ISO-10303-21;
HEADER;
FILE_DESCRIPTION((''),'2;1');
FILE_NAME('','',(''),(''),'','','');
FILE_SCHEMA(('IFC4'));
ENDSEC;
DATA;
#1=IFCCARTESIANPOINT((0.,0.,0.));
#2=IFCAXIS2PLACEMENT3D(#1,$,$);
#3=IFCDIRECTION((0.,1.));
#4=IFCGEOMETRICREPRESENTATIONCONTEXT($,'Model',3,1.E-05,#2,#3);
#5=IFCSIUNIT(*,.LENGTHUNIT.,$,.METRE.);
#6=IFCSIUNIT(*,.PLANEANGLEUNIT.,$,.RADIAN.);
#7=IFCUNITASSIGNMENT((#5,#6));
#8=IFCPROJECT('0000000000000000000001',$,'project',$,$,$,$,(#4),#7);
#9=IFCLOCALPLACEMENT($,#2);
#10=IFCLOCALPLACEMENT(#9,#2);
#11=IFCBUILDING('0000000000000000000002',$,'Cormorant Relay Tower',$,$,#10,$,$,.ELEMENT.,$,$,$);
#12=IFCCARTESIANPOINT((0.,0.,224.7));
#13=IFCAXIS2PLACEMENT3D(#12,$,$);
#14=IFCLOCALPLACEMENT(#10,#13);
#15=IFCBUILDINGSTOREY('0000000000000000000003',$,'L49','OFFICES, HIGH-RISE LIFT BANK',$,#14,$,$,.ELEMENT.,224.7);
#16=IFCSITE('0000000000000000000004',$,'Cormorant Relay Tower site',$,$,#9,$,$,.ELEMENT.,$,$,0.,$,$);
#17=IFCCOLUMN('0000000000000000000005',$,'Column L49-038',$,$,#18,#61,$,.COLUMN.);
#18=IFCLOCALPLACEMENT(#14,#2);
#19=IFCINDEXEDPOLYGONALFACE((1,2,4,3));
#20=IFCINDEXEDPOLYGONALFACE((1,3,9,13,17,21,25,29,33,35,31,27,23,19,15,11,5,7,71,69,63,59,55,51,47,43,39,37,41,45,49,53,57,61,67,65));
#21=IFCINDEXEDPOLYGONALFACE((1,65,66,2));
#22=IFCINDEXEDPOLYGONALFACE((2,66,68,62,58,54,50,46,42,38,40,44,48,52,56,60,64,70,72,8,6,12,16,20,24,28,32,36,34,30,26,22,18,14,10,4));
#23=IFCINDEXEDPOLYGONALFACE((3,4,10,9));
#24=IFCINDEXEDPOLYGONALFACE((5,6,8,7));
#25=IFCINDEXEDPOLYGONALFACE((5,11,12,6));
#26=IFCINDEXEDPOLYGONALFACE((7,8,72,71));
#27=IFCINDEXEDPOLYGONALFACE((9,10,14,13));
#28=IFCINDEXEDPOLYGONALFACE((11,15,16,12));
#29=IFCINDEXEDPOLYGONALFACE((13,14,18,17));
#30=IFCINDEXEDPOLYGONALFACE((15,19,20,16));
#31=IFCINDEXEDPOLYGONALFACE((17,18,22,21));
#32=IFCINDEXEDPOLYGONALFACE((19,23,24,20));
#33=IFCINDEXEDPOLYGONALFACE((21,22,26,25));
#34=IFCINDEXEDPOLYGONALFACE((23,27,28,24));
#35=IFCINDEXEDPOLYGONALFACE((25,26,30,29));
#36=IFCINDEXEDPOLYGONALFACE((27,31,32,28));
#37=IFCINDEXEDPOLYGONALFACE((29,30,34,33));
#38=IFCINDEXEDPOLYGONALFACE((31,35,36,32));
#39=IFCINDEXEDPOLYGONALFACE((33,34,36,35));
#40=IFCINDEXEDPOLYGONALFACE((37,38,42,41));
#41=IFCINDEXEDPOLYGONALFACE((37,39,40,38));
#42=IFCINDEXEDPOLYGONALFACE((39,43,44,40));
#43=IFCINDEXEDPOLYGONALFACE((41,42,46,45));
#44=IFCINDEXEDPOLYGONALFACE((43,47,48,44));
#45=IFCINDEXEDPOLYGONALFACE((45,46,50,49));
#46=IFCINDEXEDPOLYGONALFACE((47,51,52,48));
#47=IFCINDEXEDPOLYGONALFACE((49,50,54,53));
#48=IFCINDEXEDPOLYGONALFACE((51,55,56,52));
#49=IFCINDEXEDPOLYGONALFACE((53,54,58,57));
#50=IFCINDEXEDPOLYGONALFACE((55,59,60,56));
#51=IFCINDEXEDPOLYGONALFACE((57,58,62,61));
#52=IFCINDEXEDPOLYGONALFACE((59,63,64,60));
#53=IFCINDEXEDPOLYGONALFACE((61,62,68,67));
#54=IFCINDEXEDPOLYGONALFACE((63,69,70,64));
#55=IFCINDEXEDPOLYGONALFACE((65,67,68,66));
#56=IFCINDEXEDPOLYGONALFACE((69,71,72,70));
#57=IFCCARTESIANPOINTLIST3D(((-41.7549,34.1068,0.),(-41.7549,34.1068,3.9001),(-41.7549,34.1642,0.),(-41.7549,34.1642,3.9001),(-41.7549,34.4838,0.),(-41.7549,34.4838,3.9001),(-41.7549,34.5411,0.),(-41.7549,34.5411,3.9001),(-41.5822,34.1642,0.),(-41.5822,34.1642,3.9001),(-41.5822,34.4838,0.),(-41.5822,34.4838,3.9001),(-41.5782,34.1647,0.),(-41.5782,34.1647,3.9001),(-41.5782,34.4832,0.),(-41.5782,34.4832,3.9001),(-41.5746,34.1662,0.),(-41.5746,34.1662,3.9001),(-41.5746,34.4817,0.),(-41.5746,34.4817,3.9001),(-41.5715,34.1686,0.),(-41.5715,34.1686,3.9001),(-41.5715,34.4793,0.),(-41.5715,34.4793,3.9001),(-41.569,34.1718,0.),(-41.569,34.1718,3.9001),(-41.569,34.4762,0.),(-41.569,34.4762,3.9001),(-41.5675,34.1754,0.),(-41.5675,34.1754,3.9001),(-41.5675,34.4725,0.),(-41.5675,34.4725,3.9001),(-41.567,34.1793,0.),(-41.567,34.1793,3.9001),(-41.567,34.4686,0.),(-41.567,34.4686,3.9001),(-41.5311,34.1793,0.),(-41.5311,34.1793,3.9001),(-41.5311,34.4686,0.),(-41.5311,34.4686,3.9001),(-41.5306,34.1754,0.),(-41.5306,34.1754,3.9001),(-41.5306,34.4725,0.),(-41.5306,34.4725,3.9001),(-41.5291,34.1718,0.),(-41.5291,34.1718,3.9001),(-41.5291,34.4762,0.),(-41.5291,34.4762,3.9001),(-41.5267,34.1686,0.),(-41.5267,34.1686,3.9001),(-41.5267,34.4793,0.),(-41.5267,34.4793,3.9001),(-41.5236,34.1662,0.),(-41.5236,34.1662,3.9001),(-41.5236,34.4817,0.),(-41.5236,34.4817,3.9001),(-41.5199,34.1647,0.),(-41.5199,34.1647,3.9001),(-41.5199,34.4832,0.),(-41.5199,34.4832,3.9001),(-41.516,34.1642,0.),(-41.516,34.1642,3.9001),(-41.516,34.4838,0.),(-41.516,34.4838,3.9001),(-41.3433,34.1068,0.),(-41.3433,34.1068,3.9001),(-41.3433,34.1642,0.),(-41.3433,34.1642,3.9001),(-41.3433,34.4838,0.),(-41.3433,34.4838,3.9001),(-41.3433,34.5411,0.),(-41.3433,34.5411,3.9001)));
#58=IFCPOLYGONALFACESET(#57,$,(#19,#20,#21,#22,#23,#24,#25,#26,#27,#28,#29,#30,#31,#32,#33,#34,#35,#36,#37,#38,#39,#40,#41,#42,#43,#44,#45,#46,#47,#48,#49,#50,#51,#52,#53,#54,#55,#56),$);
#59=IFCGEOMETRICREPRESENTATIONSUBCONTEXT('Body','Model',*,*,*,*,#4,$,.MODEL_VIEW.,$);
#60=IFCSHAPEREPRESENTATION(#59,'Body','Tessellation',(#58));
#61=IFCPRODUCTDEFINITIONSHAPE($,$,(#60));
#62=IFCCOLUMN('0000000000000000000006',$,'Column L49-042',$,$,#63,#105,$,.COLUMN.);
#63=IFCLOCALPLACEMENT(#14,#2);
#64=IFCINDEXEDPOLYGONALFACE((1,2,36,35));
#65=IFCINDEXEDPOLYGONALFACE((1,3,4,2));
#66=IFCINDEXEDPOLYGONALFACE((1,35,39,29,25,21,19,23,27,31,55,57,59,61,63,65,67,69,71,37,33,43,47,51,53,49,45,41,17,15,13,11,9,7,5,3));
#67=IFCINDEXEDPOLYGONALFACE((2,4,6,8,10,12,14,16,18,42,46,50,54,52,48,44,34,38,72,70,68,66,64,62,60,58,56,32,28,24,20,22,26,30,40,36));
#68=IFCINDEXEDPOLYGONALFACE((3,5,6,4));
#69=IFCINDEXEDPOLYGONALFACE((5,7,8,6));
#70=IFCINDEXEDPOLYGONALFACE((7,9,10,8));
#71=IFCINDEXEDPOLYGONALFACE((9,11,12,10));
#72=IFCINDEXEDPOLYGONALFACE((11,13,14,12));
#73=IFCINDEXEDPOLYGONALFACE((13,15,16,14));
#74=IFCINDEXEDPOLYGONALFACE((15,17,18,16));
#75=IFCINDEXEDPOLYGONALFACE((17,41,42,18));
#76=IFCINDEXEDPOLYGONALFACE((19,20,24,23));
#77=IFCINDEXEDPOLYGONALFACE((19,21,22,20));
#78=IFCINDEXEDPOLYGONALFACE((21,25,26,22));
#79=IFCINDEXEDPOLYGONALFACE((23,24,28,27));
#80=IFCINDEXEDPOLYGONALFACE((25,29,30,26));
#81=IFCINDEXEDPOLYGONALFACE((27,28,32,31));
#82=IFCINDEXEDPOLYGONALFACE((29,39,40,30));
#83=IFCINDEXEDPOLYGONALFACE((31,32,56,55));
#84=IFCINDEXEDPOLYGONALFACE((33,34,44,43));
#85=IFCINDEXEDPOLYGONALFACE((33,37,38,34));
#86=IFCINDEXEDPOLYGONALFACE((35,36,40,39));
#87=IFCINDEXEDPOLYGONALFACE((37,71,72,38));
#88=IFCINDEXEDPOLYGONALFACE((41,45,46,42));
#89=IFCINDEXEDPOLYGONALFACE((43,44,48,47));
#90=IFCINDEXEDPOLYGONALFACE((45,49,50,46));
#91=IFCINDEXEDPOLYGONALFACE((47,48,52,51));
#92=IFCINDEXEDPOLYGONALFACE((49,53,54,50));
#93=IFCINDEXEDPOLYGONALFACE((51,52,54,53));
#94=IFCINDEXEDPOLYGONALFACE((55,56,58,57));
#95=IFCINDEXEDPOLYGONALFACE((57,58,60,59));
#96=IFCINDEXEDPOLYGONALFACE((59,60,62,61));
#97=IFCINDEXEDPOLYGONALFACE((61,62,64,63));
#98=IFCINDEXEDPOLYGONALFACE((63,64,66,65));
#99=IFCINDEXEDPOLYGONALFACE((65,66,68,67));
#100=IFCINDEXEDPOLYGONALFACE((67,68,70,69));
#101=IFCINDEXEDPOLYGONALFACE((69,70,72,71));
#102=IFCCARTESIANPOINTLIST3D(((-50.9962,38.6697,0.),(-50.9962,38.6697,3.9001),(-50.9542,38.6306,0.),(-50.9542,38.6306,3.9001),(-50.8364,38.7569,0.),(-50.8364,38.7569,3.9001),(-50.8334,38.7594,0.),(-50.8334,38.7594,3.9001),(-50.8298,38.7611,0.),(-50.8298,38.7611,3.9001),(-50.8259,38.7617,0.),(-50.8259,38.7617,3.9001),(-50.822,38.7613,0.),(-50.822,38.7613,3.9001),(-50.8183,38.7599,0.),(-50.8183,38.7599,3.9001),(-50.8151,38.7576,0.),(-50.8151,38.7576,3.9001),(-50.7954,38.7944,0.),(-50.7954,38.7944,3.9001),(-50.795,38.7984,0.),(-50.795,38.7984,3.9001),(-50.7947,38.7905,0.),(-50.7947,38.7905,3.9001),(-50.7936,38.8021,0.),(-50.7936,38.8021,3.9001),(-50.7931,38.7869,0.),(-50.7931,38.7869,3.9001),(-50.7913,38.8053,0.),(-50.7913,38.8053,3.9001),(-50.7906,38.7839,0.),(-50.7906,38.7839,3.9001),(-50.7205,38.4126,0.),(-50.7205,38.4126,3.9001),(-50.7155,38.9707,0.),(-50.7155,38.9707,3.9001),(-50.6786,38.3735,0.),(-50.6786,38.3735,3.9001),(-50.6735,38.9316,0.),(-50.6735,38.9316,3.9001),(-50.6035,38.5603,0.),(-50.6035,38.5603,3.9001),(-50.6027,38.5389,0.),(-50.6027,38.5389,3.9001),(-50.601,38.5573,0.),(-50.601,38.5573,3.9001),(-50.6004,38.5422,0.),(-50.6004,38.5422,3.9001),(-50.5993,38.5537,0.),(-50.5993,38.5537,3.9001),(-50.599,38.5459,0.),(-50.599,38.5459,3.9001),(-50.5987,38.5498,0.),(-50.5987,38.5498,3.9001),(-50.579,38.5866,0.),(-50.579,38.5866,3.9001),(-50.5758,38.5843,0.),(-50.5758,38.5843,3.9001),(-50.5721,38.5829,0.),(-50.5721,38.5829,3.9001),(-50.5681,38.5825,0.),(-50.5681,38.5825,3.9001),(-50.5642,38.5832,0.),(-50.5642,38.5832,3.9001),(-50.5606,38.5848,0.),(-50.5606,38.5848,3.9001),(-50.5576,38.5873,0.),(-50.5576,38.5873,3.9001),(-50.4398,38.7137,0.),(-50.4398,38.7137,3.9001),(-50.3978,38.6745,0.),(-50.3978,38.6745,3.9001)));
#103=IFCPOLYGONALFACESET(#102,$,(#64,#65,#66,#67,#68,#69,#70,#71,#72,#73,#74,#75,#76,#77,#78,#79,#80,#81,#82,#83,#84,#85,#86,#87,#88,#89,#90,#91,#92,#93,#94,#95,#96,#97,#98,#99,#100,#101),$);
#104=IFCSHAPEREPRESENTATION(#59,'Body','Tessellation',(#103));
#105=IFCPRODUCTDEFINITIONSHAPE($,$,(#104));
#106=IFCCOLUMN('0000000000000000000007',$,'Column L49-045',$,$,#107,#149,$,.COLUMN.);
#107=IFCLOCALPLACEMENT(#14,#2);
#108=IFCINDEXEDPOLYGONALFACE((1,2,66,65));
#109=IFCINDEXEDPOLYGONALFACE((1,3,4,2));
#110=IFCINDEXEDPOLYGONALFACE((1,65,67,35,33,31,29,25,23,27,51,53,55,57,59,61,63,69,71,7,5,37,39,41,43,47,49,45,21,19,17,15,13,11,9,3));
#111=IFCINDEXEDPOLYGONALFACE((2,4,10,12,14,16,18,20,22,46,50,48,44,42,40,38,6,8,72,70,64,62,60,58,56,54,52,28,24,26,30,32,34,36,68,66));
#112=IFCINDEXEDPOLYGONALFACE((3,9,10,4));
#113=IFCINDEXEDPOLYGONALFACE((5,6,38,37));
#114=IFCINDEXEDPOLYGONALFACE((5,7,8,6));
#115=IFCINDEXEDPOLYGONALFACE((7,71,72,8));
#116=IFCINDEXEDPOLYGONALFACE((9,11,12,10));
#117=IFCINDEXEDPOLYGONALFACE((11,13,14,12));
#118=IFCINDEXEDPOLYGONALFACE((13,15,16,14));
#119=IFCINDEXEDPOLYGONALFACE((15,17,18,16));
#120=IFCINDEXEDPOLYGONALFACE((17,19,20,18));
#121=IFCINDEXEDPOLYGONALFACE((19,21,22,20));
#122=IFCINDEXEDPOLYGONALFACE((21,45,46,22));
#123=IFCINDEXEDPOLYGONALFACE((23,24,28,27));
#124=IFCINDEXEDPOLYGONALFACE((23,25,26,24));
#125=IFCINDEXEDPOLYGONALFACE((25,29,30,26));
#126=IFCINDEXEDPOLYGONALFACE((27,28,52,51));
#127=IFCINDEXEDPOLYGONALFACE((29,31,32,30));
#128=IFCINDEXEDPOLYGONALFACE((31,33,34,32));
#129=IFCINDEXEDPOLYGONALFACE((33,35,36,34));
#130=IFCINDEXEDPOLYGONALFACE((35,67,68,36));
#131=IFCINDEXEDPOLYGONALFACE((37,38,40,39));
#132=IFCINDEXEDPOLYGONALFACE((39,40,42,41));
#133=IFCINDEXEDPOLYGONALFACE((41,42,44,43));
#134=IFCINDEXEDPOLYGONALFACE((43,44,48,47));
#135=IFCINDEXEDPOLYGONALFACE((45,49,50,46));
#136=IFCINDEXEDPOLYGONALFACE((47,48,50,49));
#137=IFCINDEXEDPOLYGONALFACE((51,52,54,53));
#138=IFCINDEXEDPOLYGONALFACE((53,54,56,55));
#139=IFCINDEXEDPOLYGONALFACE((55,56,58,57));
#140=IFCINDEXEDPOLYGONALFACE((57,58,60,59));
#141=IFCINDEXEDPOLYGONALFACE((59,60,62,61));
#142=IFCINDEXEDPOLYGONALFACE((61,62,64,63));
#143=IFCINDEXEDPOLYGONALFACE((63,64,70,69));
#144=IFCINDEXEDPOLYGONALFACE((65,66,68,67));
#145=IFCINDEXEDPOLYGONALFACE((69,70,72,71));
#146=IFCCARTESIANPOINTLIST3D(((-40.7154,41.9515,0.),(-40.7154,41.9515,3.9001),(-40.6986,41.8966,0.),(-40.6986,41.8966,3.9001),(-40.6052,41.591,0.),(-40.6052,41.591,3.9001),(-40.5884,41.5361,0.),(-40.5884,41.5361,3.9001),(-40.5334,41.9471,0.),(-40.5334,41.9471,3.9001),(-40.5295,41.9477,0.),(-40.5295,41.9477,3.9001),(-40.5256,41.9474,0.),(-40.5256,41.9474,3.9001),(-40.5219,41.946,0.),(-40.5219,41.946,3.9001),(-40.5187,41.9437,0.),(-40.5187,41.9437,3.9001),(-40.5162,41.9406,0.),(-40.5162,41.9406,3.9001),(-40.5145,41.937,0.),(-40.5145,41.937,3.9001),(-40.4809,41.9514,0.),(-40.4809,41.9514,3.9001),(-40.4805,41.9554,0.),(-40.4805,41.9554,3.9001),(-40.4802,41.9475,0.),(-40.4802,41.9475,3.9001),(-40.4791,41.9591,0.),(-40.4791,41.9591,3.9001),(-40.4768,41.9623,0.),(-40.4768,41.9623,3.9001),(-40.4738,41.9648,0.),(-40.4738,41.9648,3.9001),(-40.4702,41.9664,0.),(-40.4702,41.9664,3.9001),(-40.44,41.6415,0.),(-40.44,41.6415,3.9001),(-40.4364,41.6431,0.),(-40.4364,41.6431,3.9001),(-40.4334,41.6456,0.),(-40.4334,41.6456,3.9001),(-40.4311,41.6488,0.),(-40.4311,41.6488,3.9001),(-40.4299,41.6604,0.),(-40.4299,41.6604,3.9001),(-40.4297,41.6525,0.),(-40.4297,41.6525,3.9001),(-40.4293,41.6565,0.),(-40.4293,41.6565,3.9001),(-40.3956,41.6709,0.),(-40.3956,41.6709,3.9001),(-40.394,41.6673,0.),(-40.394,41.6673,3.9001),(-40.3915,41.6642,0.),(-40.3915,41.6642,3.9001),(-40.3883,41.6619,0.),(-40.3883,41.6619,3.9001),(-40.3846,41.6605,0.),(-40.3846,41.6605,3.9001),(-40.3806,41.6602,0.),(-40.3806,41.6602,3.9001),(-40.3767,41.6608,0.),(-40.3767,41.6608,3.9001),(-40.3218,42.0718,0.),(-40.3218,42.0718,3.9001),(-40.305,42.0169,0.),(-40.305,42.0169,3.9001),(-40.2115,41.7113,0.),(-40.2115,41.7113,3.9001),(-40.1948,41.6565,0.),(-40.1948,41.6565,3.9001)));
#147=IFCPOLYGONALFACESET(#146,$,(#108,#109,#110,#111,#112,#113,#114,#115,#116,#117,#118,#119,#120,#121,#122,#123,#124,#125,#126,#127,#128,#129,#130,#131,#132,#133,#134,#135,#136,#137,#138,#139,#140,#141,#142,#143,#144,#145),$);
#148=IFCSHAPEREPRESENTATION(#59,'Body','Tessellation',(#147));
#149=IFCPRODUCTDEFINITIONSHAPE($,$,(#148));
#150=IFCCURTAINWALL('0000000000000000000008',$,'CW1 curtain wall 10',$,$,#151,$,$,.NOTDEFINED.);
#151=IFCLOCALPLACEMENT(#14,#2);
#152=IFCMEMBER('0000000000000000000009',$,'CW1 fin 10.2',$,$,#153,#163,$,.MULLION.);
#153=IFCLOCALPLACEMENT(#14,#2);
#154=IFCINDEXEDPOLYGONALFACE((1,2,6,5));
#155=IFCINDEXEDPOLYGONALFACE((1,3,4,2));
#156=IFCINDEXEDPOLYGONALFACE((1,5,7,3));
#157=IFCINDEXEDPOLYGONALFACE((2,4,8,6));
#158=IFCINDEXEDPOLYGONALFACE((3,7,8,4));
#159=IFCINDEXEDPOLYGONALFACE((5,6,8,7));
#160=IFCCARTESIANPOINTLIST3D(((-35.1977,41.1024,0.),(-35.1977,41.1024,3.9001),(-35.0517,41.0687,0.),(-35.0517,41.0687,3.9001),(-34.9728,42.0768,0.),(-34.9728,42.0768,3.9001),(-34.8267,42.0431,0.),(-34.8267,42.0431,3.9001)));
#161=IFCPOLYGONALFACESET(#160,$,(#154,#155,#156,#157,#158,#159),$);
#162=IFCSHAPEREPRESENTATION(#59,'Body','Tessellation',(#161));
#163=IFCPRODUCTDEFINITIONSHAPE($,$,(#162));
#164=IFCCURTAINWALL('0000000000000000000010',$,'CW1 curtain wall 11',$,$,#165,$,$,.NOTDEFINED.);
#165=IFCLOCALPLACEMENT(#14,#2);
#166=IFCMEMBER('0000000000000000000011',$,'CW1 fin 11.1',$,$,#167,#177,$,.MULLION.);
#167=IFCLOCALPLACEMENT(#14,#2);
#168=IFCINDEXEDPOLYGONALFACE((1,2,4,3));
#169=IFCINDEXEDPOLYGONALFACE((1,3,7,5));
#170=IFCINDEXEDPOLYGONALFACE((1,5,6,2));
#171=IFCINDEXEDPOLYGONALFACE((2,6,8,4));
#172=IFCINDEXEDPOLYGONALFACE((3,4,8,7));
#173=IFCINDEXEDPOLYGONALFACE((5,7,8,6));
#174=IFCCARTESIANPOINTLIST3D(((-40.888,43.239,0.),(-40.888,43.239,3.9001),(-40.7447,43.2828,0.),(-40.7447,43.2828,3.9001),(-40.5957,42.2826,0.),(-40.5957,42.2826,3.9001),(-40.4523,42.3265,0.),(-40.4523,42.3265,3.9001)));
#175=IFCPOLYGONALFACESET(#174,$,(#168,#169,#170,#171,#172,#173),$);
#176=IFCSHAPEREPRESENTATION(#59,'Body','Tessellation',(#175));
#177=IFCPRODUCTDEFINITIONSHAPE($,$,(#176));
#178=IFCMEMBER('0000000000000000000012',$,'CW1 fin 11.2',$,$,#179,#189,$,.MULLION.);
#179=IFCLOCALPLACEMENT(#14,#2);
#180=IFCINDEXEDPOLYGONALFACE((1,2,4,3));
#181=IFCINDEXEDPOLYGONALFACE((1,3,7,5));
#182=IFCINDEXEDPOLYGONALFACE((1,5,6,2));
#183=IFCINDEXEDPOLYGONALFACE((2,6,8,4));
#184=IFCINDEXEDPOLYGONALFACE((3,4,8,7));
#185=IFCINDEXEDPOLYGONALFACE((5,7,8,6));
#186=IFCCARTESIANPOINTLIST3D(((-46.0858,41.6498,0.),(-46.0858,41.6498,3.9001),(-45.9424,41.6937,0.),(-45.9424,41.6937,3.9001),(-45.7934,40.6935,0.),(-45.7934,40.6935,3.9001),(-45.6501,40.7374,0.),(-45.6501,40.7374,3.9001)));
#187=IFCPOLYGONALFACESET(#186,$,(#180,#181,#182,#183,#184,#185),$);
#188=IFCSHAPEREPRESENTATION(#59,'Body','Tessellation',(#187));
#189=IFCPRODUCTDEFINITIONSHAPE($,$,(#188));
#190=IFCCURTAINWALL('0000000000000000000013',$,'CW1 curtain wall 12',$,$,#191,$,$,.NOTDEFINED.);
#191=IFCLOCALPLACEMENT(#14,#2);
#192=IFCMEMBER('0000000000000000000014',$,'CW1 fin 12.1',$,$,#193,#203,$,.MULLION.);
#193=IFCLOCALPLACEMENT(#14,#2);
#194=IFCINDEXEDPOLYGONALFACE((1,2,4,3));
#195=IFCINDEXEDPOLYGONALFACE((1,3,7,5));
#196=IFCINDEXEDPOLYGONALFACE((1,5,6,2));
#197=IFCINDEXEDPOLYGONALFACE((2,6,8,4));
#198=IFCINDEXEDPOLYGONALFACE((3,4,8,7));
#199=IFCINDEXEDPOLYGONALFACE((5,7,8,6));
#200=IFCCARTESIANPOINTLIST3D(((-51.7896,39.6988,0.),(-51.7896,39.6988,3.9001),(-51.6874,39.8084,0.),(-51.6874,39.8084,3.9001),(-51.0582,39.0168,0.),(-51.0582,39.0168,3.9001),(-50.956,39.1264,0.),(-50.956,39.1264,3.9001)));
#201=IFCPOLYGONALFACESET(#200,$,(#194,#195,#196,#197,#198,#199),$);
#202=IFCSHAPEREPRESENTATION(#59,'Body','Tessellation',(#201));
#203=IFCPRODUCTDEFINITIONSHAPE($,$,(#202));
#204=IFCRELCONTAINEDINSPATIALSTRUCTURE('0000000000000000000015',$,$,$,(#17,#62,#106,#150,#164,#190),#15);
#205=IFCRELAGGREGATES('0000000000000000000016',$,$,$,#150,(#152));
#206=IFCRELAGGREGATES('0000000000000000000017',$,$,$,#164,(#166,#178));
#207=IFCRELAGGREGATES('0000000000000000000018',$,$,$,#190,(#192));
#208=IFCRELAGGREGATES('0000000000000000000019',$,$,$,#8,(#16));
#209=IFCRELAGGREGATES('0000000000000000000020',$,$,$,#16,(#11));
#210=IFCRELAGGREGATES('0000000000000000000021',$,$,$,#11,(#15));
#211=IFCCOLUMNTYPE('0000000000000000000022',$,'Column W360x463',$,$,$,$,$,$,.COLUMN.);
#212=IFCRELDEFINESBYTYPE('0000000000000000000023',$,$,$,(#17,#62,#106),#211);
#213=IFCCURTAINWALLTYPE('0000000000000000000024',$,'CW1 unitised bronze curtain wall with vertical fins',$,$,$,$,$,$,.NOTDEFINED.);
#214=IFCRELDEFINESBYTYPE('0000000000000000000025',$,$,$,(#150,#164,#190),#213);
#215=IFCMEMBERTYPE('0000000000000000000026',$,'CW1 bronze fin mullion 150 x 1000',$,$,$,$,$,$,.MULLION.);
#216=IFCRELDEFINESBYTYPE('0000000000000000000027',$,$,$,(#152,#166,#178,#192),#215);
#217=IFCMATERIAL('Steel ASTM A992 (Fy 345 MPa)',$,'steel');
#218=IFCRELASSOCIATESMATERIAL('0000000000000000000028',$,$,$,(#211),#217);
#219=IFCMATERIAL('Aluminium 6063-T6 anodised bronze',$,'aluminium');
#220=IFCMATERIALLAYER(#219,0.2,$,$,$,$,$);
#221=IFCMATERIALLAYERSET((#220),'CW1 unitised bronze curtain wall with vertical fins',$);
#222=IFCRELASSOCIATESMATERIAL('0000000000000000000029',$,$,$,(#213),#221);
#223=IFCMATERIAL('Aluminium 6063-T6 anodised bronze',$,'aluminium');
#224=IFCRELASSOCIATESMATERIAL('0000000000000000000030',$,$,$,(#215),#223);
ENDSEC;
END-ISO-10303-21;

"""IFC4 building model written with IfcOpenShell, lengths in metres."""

from ifc_helpers import new_model, si_unit, direction, frame, origin, origin_2d, place, context, subcontext, project, spatial, rectangle, i_section, extrude, material, layer, layer_set, material_profile, profile_set, type_object, element, aggregate, save


model = new_model("IFC4")

# Units and contexts
model_context = context("Model", 3, precision=1e-05, world=origin(), true_north=direction((0.0, 1.0)))
body_context = subcontext(model_context, "Body", "Model", "MODEL_VIEW")
ifc_project = project(units=[si_unit("LENGTHUNIT", "METRE"), si_unit("PLANEANGLEUNIT", "RADIAN")], contexts=[model_context])

# Site, building, storey
site_placement = place(None, origin())
site = spatial("IfcSite", under=ifc_project, at=site_placement, Name="Cormorant Relay Tower site", CompositionType="ELEMENT", RefElevation=0.0)
building_placement = place(site_placement, origin())
building = spatial("IfcBuilding", under=site, at=building_placement, Name="Cormorant Relay Tower", CompositionType="ELEMENT")
storey_placement = place(building_placement, frame((0.0, 0.0, 224.7)))
storey = spatial("IfcBuildingStorey", under=building, at=storey_placement, Name="L49", Description="OFFICES, HIGH-RISE LIFT BANK", CompositionType="ELEMENT", Elevation=224.7)

# Columns
ifc_material_1 = material(Name="Steel ASTM A992 (Fy 345 MPa)", Category="steel")
ifc_material_profile_1 = material_profile(ifc_material_1, i_section(OverallWidth=0.4116, OverallDepth=0.4343, WebThickness=0.0359, FlangeThickness=0.0574, FilletRadius=0.0151, at=origin_2d()), Name="W360x463")
ifc_profile_set_1 = profile_set([ifc_material_profile_1], Name="Steel ASTM A992 (Fy 345 MPa)")
column_type = type_object("IfcColumnType", Name="Column W360x463", PredefinedType="COLUMN", material=ifc_profile_set_1)
for number, where, z_axis, x_axis, name in (
    (1, (-41.5491, 34.324, 0.0), (0.0, 0.0, 1.0), (1.0, 0.0, 0.0), "Column L49-038"),
    (2, (-50.697, 38.6721, 0.0), (0.0, 0.0, 1.0), (-0.681998, -0.731354, 0.0), "Column L49-042"),
    (3, (-40.4551, 41.804, 0.0), (0.0, 0.0, 1.0), (-0.956305, -0.292372, 0.0), "Column L49-045"),
):
    element("IfcColumn", number, at=place(storey_placement, frame(where, z_axis=z_axis, x_axis=x_axis)), inside=storey, type_object=column_type, Name=name, PredefinedType="COLUMN", context=body_context, shape_type="SweptSolid", body=[
        extrude(i_section(OverallWidth=0.4116, OverallDepth=0.4343, WebThickness=0.0359, FlangeThickness=0.0574, FilletRadius=0.0151, at=origin_2d()), origin(), (0.0, 0.0, 1.0), 3.9001),
    ])

# Curtain wall, member
ifc_material_2 = material(Name="Aluminium 6063-T6 anodised bronze", Category="aluminium")
ifc_layer_1 = layer(ifc_material_2, 0.2)
ifc_layer_set_1 = layer_set([ifc_layer_1], Name="CW1 unitised bronze curtain wall with vertical fins")
curtain_wall_type = type_object("IfcCurtainWallType", Name="CW1 unitised bronze curtain wall with vertical fins", PredefinedType="NOTDEFINED", material=ifc_layer_set_1)
curtain_wall_1_placement = place(storey_placement, origin())
curtain_wall_1 = element("IfcCurtainWall", 4, at=curtain_wall_1_placement, inside=storey, type_object=curtain_wall_type, Name="CW1 curtain wall 10", PredefinedType="NOTDEFINED")
ifc_material_3 = material(Name="Aluminium 6063-T6 anodised bronze", Category="aluminium")
ifc_material_profile_2 = material_profile(ifc_material_3, rectangle(XDim=0.1499, YDim=1.0, at=origin_2d()), Name="AL 150x1000")
ifc_profile_set_2 = profile_set([ifc_material_profile_2], Name="Aluminium 6063-T6 anodised bronze")
member_type_1 = type_object("IfcMemberType", Name="CW1 bronze fin mullion 150 x 1000", PredefinedType="MULLION", material=ifc_profile_set_2)
member_1_placement = place(storey_placement, frame((-35.0122, 41.5728, 0.0), z_axis=(0.0, 0.0, 1.0), x_axis=(-0.97437, 0.224951, 0.0)))
member_1 = element("IfcMember", 5, at=member_1_placement, type_object=member_type_1, Name="CW1 fin 10.2", PredefinedType="MULLION", context=body_context, shape_type="SweptSolid", body=[
    extrude(rectangle(XDim=0.1499, YDim=1.0, at=origin_2d()), origin(), (0.0, 0.0, 1.0), 3.9001),
])

# Curtain walls, members
curtain_wall_2_placement = place(storey_placement, origin())
curtain_wall_2 = element("IfcCurtainWall", 6, at=curtain_wall_2_placement, inside=storey, type_object=curtain_wall_type, Name="CW1 curtain wall 11", PredefinedType="NOTDEFINED")
member_2_placement = place(storey_placement, frame((-40.6702, 42.7827, 0.0), z_axis=(0.0, 0.0, 1.0), x_axis=(-0.956305, -0.292372, 0.0)))
member_2 = element("IfcMember", 7, at=member_2_placement, type_object=member_type_1, Name="CW1 fin 11.1", PredefinedType="MULLION", context=body_context, shape_type="SweptSolid", body=[
    extrude(rectangle(XDim=0.1499, YDim=1.0, at=origin_2d()), origin(), (0.0, 0.0, 1.0), 3.9001),
])
member_3_placement = place(storey_placement, frame((-45.8679, 41.1936, 0.0), z_axis=(0.0, 0.0, 1.0), x_axis=(-0.956305, -0.292372, 0.0)))
member_3 = element("IfcMember", 8, at=member_3_placement, type_object=member_type_1, Name="CW1 fin 11.2", PredefinedType="MULLION", context=body_context, shape_type="SweptSolid", body=[
    extrude(rectangle(XDim=0.1499, YDim=1.0, at=origin_2d()), origin(), (0.0, 0.0, 1.0), 3.9001),
])
curtain_wall_3_placement = place(storey_placement, origin())
curtain_wall_3 = element("IfcCurtainWall", 9, at=curtain_wall_3_placement, inside=storey, type_object=curtain_wall_type, Name="CW1 curtain wall 12", PredefinedType="NOTDEFINED")
member_4_placement = place(storey_placement, frame((-51.3728, 39.4126, 0.0), z_axis=(0.0, 0.0, 1.0), x_axis=(-0.681998, -0.731354, 0.0)))
member_4 = element("IfcMember", 10, at=member_4_placement, type_object=member_type_1, Name="CW1 fin 12.1", PredefinedType="MULLION", context=body_context, shape_type="SweptSolid", body=[
    extrude(rectangle(XDim=0.1499, YDim=1.0, at=origin_2d()), origin(), (0.0, 0.0, 1.0), 3.9001),
])

aggregate(curtain_wall_1, [member_1])
aggregate(curtain_wall_2, [member_2, member_3])
aggregate(curtain_wall_3, [member_4])

save(model, "model.ifc")
